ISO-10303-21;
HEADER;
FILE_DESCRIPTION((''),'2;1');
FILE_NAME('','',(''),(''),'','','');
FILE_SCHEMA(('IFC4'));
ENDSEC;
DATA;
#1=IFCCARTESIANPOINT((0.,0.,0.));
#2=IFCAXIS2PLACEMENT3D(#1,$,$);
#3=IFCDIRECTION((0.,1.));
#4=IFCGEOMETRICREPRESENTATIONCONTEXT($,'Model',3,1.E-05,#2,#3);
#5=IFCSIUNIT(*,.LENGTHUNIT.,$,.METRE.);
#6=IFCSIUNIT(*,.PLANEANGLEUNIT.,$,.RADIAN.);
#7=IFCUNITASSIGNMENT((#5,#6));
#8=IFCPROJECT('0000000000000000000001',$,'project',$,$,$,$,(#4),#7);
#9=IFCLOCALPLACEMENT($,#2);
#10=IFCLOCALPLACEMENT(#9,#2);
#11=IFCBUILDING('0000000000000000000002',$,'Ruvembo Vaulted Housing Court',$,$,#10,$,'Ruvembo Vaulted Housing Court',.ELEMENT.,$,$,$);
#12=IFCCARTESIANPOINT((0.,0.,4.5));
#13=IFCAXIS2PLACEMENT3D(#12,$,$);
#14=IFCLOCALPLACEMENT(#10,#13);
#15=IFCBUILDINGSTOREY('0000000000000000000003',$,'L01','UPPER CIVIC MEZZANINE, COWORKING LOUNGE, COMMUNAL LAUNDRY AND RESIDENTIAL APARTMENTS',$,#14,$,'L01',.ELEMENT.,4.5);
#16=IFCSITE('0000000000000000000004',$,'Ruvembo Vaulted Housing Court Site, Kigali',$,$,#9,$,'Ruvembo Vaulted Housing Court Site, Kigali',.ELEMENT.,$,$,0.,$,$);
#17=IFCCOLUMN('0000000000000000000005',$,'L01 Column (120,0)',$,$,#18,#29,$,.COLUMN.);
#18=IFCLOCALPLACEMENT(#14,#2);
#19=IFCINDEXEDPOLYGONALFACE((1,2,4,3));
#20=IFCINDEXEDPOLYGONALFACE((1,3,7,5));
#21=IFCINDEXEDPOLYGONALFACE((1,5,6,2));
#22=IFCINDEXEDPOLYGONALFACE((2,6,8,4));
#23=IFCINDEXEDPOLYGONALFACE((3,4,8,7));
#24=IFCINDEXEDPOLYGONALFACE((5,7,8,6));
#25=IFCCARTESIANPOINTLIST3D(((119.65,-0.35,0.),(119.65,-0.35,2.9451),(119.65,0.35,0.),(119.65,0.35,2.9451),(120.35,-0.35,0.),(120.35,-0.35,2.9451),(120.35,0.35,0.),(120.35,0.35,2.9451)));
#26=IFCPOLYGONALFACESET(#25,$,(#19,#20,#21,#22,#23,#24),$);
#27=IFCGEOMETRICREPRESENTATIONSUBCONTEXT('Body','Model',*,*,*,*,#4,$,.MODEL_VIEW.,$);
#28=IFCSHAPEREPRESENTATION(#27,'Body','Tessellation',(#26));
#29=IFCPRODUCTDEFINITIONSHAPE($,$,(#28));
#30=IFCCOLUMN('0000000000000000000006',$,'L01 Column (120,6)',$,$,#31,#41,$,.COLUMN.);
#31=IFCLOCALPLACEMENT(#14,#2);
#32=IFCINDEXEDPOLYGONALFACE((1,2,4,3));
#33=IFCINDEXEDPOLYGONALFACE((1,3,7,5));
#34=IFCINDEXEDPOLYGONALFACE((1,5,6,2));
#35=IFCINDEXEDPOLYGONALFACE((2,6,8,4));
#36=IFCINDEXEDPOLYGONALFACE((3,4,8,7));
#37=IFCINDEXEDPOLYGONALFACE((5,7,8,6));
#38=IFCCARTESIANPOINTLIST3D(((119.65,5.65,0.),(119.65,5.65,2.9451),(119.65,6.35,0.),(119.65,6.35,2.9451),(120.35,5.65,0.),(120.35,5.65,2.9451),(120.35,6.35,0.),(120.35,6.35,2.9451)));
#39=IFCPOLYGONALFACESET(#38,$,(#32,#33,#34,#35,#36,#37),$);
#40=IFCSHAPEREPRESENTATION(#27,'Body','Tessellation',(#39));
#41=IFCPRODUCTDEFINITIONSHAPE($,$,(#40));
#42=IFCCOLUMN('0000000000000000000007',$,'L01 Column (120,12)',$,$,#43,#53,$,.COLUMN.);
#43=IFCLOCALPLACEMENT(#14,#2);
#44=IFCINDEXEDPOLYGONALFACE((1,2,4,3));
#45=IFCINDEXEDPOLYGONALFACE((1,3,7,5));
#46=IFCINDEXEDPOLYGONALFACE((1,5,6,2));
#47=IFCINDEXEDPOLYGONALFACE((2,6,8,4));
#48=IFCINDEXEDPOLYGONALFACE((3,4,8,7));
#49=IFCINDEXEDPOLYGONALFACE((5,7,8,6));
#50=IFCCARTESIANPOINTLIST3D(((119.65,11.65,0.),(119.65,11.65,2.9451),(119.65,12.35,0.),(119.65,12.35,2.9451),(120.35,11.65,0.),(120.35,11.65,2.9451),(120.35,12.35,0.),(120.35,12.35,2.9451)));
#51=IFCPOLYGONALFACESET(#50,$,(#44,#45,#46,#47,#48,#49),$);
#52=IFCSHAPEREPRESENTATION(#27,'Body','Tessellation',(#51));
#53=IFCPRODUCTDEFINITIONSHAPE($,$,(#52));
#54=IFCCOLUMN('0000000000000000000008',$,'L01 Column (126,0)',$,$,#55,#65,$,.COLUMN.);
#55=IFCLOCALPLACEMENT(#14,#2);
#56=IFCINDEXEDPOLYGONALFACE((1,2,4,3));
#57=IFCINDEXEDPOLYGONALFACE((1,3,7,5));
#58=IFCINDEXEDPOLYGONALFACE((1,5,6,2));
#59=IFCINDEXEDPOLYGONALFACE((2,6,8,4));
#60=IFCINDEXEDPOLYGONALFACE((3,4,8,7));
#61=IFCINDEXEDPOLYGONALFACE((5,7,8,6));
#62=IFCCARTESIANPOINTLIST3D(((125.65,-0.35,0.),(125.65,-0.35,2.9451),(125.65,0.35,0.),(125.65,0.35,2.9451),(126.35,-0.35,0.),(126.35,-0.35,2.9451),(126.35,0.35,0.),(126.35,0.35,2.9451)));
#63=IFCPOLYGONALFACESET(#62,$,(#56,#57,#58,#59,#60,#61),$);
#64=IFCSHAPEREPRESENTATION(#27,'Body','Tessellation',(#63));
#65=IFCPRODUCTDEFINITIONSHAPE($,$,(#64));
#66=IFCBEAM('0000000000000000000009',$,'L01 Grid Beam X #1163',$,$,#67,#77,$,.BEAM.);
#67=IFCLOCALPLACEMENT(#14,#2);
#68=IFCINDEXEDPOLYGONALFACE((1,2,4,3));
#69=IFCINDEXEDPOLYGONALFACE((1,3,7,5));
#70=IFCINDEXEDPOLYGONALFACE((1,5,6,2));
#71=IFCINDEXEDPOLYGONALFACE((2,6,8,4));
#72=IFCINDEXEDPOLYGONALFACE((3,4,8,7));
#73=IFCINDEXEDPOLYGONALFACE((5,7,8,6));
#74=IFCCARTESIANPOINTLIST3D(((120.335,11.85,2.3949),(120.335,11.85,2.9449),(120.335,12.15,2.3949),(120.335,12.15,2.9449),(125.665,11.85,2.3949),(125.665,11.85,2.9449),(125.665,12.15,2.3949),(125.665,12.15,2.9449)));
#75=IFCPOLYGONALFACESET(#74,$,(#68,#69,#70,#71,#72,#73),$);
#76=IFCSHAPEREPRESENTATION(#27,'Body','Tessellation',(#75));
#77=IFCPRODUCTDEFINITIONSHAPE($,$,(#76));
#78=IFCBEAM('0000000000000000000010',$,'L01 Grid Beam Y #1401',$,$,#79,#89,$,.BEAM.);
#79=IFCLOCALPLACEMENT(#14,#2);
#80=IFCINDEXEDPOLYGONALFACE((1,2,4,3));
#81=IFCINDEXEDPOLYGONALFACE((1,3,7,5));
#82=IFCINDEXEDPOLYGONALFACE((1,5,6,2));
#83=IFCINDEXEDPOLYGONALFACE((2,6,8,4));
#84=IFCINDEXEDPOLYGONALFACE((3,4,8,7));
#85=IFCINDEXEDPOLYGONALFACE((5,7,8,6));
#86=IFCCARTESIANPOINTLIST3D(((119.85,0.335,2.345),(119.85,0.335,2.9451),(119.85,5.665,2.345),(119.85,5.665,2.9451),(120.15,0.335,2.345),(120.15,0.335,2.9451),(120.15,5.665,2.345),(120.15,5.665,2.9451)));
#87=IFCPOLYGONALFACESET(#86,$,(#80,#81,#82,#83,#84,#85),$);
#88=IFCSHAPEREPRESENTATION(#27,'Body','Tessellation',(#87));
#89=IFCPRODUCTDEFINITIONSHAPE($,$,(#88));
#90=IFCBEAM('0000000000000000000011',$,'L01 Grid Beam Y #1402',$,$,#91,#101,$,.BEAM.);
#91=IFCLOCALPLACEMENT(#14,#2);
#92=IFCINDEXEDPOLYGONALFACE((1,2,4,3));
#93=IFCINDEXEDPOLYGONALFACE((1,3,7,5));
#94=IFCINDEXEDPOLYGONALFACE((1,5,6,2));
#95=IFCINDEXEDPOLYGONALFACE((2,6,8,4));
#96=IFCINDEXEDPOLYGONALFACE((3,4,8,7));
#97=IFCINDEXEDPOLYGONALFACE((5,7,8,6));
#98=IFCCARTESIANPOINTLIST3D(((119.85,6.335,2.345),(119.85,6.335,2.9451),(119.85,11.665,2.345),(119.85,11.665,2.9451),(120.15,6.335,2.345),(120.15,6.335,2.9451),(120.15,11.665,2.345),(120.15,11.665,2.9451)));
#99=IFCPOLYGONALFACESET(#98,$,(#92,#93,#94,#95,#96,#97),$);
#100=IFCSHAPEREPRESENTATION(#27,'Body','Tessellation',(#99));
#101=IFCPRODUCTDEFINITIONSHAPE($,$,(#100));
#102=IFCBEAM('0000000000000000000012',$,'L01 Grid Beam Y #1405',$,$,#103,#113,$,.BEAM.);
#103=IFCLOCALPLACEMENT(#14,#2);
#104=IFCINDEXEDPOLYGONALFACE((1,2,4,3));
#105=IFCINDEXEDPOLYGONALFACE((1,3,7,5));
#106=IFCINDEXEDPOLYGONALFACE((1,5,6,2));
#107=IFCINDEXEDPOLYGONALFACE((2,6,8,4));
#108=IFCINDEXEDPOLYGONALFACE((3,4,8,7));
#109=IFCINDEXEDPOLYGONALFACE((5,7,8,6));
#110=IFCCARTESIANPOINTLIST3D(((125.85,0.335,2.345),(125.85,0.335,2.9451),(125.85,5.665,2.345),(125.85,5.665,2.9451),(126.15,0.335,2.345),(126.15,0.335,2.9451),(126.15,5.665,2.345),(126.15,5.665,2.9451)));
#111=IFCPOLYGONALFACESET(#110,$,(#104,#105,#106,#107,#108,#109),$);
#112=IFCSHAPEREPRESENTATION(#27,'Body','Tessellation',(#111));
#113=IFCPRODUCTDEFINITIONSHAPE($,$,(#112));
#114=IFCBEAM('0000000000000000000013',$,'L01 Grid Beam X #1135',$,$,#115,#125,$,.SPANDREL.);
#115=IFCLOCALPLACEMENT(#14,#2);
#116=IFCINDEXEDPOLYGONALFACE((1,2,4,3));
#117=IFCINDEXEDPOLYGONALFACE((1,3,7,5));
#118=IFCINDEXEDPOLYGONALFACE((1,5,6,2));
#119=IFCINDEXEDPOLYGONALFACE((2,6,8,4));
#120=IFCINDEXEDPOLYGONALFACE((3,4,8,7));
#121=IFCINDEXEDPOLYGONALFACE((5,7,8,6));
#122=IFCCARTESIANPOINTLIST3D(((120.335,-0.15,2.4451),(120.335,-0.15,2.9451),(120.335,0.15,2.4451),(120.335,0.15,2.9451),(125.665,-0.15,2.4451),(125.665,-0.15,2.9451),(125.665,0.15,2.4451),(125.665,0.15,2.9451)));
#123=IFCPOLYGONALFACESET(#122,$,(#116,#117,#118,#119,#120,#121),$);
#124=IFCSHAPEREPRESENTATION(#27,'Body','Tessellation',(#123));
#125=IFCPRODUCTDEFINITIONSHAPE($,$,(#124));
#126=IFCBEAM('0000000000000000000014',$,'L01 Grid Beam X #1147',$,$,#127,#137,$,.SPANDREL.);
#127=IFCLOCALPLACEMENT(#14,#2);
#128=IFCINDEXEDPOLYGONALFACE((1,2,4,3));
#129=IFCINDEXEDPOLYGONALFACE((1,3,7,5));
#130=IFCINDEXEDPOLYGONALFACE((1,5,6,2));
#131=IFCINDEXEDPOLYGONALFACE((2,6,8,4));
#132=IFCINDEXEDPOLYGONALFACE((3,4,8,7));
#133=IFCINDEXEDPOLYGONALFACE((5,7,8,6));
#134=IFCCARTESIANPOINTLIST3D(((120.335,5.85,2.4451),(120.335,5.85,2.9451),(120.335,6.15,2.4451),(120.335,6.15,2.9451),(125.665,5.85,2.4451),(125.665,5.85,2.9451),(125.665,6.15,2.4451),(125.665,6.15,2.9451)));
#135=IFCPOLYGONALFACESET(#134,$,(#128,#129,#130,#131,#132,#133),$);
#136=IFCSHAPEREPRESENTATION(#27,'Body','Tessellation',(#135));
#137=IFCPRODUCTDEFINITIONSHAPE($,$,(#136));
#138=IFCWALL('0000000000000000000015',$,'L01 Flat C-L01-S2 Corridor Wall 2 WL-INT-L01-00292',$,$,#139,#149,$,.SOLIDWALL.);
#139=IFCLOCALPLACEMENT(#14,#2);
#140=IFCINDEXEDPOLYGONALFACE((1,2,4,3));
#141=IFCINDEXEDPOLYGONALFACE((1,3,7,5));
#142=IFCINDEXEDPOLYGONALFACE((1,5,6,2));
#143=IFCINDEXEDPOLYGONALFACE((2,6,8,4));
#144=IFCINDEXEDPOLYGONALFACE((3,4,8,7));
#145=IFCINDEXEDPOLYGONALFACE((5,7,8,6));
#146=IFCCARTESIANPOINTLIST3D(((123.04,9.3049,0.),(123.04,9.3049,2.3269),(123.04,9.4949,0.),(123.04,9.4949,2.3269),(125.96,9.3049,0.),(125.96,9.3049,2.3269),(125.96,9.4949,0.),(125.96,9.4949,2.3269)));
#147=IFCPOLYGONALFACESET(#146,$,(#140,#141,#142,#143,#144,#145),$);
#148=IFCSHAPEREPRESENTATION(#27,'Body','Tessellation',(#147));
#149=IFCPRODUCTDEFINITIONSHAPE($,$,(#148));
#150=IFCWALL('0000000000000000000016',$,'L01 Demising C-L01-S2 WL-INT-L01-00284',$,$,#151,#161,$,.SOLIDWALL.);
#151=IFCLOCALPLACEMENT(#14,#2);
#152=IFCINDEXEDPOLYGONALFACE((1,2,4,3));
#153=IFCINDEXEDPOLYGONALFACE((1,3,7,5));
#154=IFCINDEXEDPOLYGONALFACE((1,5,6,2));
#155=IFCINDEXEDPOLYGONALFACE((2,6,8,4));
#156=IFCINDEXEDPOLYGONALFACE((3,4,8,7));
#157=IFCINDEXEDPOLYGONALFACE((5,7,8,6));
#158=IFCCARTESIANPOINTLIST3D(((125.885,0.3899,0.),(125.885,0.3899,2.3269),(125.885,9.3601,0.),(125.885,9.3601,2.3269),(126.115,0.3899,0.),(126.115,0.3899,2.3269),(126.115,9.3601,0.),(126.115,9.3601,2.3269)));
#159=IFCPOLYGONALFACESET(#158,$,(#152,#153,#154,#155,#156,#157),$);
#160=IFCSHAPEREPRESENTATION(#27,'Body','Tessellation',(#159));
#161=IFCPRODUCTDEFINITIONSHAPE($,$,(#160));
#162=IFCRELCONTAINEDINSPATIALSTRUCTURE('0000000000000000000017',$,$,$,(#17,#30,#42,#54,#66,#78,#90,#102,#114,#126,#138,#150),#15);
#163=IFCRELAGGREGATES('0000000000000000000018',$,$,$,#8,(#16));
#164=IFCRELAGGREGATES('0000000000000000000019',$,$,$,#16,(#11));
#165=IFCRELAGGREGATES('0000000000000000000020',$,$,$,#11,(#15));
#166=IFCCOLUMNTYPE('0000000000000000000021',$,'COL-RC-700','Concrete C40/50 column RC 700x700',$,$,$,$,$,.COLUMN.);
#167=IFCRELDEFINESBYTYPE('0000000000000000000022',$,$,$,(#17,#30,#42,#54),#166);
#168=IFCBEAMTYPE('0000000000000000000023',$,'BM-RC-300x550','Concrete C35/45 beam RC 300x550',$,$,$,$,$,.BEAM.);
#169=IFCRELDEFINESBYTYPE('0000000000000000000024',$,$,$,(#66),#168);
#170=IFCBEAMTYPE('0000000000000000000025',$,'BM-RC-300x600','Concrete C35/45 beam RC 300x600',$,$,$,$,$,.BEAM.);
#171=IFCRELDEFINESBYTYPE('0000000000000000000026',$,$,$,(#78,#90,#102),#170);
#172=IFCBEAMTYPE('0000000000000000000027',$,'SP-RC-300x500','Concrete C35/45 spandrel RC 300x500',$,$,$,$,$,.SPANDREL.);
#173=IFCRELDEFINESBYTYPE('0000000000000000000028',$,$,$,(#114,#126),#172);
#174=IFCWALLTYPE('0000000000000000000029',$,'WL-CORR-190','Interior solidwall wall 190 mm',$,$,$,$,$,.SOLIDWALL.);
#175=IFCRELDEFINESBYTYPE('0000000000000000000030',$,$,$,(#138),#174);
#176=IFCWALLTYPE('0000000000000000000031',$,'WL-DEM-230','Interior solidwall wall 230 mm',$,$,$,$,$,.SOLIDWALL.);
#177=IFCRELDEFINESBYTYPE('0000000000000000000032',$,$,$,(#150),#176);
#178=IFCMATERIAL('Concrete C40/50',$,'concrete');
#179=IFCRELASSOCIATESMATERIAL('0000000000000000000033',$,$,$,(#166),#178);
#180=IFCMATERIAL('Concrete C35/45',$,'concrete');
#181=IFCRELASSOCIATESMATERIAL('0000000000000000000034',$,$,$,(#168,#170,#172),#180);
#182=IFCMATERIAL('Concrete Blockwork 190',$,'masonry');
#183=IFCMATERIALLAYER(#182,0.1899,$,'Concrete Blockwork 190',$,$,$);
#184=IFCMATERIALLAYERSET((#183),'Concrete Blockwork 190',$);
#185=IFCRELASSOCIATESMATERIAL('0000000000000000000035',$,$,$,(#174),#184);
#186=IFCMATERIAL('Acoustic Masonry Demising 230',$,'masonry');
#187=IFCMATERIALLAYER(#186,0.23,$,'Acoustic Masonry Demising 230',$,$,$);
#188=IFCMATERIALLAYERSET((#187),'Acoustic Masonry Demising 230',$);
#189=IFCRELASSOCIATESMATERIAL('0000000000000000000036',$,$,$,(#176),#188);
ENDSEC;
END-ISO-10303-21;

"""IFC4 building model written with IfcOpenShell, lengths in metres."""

from ifc_helpers import new_model, si_unit, direction, frame, frame_2d, origin, origin_2d, place, context, subcontext, project, spatial, rectangle, extrude, material, layer, layer_set, material_profile, profile_set, type_object, element, save


model = new_model("IFC4")

# Units and contexts
model_context = context("Model", 3, precision=1e-05, world=origin(), true_north=direction((0.0, 1.0)))
body_context = subcontext(model_context, "Body", "Model", "MODEL_VIEW")
ifc_project = project(units=[si_unit("LENGTHUNIT", "METRE"), si_unit("PLANEANGLEUNIT", "RADIAN")], contexts=[model_context])

# Site, building, storey
site_placement = place(None, origin())
site = spatial("IfcSite", under=ifc_project, at=site_placement, Name="Ruvembo Vaulted Housing Court Site, Kigali", LongName="Ruvembo Vaulted Housing Court Site, Kigali", CompositionType="ELEMENT", RefElevation=0.0)
building_placement = place(site_placement, origin())
building = spatial("IfcBuilding", under=site, at=building_placement, Name="Ruvembo Vaulted Housing Court", LongName="Ruvembo Vaulted Housing Court", CompositionType="ELEMENT")
storey_placement = place(building_placement, frame((0.0, 0.0, 4.5)))
storey = spatial("IfcBuildingStorey", under=building, at=storey_placement, Name="L01", Description="UPPER CIVIC MEZZANINE, COWORKING LOUNGE, COMMUNAL LAUNDRY AND RESIDENTIAL APARTMENTS", LongName="L01", CompositionType="ELEMENT", Elevation=4.5)

# Columns
ifc_material_1 = material(Name="Concrete C40/50", Category="concrete")
ifc_material_profile_1 = material_profile(ifc_material_1, rectangle(XDim=0.7, YDim=0.7, at=origin_2d()), Name="RC 700x700")
ifc_profile_set_1 = profile_set([ifc_material_profile_1], Name="Concrete C40/50")
column_type = type_object("IfcColumnType", Name="COL-RC-700", Description="Concrete C40/50 column RC 700x700", PredefinedType="COLUMN", material=ifc_profile_set_1)
for number, where, z_axis, x_axis, name in (
    (1, (120.0, 0.0, 0.0), (0.0, 0.0, 1.0), (1.0, 0.0, 0.0), "L01 Column (120,0)"),
    (2, (120.0, 6.0, 0.0), (0.0, 0.0, 1.0), (1.0, 0.0, 0.0), "L01 Column (120,6)"),
    (3, (120.0, 12.0, 0.0), (0.0, 0.0, 1.0), (1.0, 0.0, 0.0), "L01 Column (120,12)"),
    (4, (126.0, 0.0, 0.0), (0.0, 0.0, 1.0), (1.0, 0.0, 0.0), "L01 Column (126,0)"),
):
    element("IfcColumn", number, at=place(storey_placement, frame(where, z_axis=z_axis, x_axis=x_axis)), inside=storey, type_object=column_type, Name=name, PredefinedType="COLUMN", context=body_context, shape_type="SweptSolid", body=[
        extrude(rectangle(XDim=0.7, YDim=0.7, at=origin_2d()), origin(), (0.0, 0.0, 1.0), 2.9451),
    ])

# Beams
ifc_material_2 = material(Name="Concrete C35/45", Category="concrete")
ifc_material_profile_2 = material_profile(ifc_material_2, rectangle(XDim=0.3, YDim=0.55, at=origin_2d()), Name="RC 300x550")
ifc_profile_set_2 = profile_set([ifc_material_profile_2], Name="Concrete C35/45")
beam_type_1 = type_object("IfcBeamType", Name="BM-RC-300x550", Description="Concrete C35/45 beam RC 300x550", PredefinedType="BEAM", material=ifc_profile_set_2)
beam_placement = place(storey_placement, frame((120.335, 12.0, 2.6699), z_axis=(1.0, 0.0, 0.0), x_axis=(0.0, 1.0, 0.0)))
element("IfcBeam", 5, at=beam_placement, inside=storey, type_object=beam_type_1, Name="L01 Grid Beam X #1163", PredefinedType="BEAM", context=body_context, shape_type="SweptSolid", body=[
    extrude(rectangle(XDim=0.3, YDim=0.55, at=origin_2d()), origin(), (0.0, 0.0, 1.0), 5.3301),
])
ifc_material_profile_3 = material_profile(ifc_material_2, rectangle(XDim=0.3, YDim=0.6001, at=origin_2d()), Name="RC 300x600")
ifc_profile_set_3 = profile_set([ifc_material_profile_3], Name="Concrete C35/45")
beam_type_2 = type_object("IfcBeamType", Name="BM-RC-300x600", Description="Concrete C35/45 beam RC 300x600", PredefinedType="BEAM", material=ifc_profile_set_3)
for number, where, z_axis, x_axis, name in (
    (6, (120.0, 0.335, 2.645), (0.0, 1.0, 0.0), (-1.0, 0.0, 0.0), "L01 Grid Beam Y #1401"),
    (7, (120.0, 6.335, 2.645), (0.0, 1.0, 0.0), (-1.0, 0.0, 0.0), "L01 Grid Beam Y #1402"),
    (8, (126.0, 0.335, 2.645), (0.0, 1.0, 0.0), (-1.0, 0.0, 0.0), "L01 Grid Beam Y #1405"),
):
    element("IfcBeam", number, at=place(storey_placement, frame(where, z_axis=z_axis, x_axis=x_axis)), inside=storey, type_object=beam_type_2, Name=name, PredefinedType="BEAM", context=body_context, shape_type="SweptSolid", body=[
        extrude(rectangle(XDim=0.3, YDim=0.6001, at=origin_2d()), origin(), (0.0, 0.0, 1.0), 5.3301),
    ])
ifc_material_profile_4 = material_profile(ifc_material_2, rectangle(XDim=0.3, YDim=0.5, at=origin_2d()), Name="RC 300x500")
ifc_profile_set_4 = profile_set([ifc_material_profile_4], Name="Concrete C35/45")
beam_type_3 = type_object("IfcBeamType", Name="SP-RC-300x500", Description="Concrete C35/45 spandrel RC 300x500", PredefinedType="SPANDREL", material=ifc_profile_set_4)
for number, where, z_axis, x_axis, name in (
    (9, (120.335, 0.0, 2.6951), (1.0, 0.0, 0.0), (0.0, 1.0, 0.0), "L01 Grid Beam X #1135"),
    (10, (120.335, 6.0, 2.6951), (1.0, 0.0, 0.0), (0.0, 1.0, 0.0), "L01 Grid Beam X #1147"),
):
    element("IfcBeam", number, at=place(storey_placement, frame(where, z_axis=z_axis, x_axis=x_axis)), inside=storey, type_object=beam_type_3, Name=name, PredefinedType="SPANDREL", context=body_context, shape_type="SweptSolid", body=[
        extrude(rectangle(XDim=0.3, YDim=0.5, at=origin_2d()), origin(), (0.0, 0.0, 1.0), 5.3301),
    ])

# Shared definitions
ifc_material_3 = material(Name="Concrete Blockwork 190", Category="masonry")
ifc_layer_1 = layer(ifc_material_3, 0.1899, Name="Concrete Blockwork 190")
ifc_layer_set_1 = layer_set([ifc_layer_1], Name="Concrete Blockwork 190")
wall_type_1 = type_object("IfcWallType", Name="WL-CORR-190", Description="Interior solidwall wall 190 mm", PredefinedType="SOLIDWALL", material=ifc_layer_set_1)

# Walls
wall_1_placement = place(storey_placement, frame((123.04, 9.3999, 0.0), z_axis=(0.0, 0.0, 1.0), x_axis=(1.0, 0.0, 0.0)))
element("IfcWall", 11, at=wall_1_placement, inside=storey, type_object=wall_type_1, Name="L01 Flat C-L01-S2 Corridor Wall 2 WL-INT-L01-00292", PredefinedType="SOLIDWALL", context=body_context, shape_type="SweptSolid", body=[
    extrude(rectangle(XDim=2.9199, YDim=0.1899, at=frame_2d((1.46, 0.0))), origin(), (0.0, 0.0, 1.0), 2.3269),
])
ifc_material_4 = material(Name="Acoustic Masonry Demising 230", Category="masonry")
ifc_layer_2 = layer(ifc_material_4, 0.23, Name="Acoustic Masonry Demising 230")
ifc_layer_set_2 = layer_set([ifc_layer_2], Name="Acoustic Masonry Demising 230")
wall_type_2 = type_object("IfcWallType", Name="WL-DEM-230", Description="Interior solidwall wall 230 mm", PredefinedType="SOLIDWALL", material=ifc_layer_set_2)
wall_2_placement = place(storey_placement, frame((126.0, 0.3899, 0.0), z_axis=(0.0, 0.0, 1.0), x_axis=(0.0, 1.0, 0.0)))
element("IfcWall", 12, at=wall_2_placement, inside=storey, type_object=wall_type_2, Name="L01 Demising C-L01-S2 WL-INT-L01-00284", PredefinedType="SOLIDWALL", context=body_context, shape_type="SweptSolid", body=[
    extrude(rectangle(XDim=8.9702, YDim=0.23, at=frame_2d((4.4851, 0.0))), origin(), (0.0, 0.0, 1.0), 2.3269),
])

save(model, "model.ifc")
